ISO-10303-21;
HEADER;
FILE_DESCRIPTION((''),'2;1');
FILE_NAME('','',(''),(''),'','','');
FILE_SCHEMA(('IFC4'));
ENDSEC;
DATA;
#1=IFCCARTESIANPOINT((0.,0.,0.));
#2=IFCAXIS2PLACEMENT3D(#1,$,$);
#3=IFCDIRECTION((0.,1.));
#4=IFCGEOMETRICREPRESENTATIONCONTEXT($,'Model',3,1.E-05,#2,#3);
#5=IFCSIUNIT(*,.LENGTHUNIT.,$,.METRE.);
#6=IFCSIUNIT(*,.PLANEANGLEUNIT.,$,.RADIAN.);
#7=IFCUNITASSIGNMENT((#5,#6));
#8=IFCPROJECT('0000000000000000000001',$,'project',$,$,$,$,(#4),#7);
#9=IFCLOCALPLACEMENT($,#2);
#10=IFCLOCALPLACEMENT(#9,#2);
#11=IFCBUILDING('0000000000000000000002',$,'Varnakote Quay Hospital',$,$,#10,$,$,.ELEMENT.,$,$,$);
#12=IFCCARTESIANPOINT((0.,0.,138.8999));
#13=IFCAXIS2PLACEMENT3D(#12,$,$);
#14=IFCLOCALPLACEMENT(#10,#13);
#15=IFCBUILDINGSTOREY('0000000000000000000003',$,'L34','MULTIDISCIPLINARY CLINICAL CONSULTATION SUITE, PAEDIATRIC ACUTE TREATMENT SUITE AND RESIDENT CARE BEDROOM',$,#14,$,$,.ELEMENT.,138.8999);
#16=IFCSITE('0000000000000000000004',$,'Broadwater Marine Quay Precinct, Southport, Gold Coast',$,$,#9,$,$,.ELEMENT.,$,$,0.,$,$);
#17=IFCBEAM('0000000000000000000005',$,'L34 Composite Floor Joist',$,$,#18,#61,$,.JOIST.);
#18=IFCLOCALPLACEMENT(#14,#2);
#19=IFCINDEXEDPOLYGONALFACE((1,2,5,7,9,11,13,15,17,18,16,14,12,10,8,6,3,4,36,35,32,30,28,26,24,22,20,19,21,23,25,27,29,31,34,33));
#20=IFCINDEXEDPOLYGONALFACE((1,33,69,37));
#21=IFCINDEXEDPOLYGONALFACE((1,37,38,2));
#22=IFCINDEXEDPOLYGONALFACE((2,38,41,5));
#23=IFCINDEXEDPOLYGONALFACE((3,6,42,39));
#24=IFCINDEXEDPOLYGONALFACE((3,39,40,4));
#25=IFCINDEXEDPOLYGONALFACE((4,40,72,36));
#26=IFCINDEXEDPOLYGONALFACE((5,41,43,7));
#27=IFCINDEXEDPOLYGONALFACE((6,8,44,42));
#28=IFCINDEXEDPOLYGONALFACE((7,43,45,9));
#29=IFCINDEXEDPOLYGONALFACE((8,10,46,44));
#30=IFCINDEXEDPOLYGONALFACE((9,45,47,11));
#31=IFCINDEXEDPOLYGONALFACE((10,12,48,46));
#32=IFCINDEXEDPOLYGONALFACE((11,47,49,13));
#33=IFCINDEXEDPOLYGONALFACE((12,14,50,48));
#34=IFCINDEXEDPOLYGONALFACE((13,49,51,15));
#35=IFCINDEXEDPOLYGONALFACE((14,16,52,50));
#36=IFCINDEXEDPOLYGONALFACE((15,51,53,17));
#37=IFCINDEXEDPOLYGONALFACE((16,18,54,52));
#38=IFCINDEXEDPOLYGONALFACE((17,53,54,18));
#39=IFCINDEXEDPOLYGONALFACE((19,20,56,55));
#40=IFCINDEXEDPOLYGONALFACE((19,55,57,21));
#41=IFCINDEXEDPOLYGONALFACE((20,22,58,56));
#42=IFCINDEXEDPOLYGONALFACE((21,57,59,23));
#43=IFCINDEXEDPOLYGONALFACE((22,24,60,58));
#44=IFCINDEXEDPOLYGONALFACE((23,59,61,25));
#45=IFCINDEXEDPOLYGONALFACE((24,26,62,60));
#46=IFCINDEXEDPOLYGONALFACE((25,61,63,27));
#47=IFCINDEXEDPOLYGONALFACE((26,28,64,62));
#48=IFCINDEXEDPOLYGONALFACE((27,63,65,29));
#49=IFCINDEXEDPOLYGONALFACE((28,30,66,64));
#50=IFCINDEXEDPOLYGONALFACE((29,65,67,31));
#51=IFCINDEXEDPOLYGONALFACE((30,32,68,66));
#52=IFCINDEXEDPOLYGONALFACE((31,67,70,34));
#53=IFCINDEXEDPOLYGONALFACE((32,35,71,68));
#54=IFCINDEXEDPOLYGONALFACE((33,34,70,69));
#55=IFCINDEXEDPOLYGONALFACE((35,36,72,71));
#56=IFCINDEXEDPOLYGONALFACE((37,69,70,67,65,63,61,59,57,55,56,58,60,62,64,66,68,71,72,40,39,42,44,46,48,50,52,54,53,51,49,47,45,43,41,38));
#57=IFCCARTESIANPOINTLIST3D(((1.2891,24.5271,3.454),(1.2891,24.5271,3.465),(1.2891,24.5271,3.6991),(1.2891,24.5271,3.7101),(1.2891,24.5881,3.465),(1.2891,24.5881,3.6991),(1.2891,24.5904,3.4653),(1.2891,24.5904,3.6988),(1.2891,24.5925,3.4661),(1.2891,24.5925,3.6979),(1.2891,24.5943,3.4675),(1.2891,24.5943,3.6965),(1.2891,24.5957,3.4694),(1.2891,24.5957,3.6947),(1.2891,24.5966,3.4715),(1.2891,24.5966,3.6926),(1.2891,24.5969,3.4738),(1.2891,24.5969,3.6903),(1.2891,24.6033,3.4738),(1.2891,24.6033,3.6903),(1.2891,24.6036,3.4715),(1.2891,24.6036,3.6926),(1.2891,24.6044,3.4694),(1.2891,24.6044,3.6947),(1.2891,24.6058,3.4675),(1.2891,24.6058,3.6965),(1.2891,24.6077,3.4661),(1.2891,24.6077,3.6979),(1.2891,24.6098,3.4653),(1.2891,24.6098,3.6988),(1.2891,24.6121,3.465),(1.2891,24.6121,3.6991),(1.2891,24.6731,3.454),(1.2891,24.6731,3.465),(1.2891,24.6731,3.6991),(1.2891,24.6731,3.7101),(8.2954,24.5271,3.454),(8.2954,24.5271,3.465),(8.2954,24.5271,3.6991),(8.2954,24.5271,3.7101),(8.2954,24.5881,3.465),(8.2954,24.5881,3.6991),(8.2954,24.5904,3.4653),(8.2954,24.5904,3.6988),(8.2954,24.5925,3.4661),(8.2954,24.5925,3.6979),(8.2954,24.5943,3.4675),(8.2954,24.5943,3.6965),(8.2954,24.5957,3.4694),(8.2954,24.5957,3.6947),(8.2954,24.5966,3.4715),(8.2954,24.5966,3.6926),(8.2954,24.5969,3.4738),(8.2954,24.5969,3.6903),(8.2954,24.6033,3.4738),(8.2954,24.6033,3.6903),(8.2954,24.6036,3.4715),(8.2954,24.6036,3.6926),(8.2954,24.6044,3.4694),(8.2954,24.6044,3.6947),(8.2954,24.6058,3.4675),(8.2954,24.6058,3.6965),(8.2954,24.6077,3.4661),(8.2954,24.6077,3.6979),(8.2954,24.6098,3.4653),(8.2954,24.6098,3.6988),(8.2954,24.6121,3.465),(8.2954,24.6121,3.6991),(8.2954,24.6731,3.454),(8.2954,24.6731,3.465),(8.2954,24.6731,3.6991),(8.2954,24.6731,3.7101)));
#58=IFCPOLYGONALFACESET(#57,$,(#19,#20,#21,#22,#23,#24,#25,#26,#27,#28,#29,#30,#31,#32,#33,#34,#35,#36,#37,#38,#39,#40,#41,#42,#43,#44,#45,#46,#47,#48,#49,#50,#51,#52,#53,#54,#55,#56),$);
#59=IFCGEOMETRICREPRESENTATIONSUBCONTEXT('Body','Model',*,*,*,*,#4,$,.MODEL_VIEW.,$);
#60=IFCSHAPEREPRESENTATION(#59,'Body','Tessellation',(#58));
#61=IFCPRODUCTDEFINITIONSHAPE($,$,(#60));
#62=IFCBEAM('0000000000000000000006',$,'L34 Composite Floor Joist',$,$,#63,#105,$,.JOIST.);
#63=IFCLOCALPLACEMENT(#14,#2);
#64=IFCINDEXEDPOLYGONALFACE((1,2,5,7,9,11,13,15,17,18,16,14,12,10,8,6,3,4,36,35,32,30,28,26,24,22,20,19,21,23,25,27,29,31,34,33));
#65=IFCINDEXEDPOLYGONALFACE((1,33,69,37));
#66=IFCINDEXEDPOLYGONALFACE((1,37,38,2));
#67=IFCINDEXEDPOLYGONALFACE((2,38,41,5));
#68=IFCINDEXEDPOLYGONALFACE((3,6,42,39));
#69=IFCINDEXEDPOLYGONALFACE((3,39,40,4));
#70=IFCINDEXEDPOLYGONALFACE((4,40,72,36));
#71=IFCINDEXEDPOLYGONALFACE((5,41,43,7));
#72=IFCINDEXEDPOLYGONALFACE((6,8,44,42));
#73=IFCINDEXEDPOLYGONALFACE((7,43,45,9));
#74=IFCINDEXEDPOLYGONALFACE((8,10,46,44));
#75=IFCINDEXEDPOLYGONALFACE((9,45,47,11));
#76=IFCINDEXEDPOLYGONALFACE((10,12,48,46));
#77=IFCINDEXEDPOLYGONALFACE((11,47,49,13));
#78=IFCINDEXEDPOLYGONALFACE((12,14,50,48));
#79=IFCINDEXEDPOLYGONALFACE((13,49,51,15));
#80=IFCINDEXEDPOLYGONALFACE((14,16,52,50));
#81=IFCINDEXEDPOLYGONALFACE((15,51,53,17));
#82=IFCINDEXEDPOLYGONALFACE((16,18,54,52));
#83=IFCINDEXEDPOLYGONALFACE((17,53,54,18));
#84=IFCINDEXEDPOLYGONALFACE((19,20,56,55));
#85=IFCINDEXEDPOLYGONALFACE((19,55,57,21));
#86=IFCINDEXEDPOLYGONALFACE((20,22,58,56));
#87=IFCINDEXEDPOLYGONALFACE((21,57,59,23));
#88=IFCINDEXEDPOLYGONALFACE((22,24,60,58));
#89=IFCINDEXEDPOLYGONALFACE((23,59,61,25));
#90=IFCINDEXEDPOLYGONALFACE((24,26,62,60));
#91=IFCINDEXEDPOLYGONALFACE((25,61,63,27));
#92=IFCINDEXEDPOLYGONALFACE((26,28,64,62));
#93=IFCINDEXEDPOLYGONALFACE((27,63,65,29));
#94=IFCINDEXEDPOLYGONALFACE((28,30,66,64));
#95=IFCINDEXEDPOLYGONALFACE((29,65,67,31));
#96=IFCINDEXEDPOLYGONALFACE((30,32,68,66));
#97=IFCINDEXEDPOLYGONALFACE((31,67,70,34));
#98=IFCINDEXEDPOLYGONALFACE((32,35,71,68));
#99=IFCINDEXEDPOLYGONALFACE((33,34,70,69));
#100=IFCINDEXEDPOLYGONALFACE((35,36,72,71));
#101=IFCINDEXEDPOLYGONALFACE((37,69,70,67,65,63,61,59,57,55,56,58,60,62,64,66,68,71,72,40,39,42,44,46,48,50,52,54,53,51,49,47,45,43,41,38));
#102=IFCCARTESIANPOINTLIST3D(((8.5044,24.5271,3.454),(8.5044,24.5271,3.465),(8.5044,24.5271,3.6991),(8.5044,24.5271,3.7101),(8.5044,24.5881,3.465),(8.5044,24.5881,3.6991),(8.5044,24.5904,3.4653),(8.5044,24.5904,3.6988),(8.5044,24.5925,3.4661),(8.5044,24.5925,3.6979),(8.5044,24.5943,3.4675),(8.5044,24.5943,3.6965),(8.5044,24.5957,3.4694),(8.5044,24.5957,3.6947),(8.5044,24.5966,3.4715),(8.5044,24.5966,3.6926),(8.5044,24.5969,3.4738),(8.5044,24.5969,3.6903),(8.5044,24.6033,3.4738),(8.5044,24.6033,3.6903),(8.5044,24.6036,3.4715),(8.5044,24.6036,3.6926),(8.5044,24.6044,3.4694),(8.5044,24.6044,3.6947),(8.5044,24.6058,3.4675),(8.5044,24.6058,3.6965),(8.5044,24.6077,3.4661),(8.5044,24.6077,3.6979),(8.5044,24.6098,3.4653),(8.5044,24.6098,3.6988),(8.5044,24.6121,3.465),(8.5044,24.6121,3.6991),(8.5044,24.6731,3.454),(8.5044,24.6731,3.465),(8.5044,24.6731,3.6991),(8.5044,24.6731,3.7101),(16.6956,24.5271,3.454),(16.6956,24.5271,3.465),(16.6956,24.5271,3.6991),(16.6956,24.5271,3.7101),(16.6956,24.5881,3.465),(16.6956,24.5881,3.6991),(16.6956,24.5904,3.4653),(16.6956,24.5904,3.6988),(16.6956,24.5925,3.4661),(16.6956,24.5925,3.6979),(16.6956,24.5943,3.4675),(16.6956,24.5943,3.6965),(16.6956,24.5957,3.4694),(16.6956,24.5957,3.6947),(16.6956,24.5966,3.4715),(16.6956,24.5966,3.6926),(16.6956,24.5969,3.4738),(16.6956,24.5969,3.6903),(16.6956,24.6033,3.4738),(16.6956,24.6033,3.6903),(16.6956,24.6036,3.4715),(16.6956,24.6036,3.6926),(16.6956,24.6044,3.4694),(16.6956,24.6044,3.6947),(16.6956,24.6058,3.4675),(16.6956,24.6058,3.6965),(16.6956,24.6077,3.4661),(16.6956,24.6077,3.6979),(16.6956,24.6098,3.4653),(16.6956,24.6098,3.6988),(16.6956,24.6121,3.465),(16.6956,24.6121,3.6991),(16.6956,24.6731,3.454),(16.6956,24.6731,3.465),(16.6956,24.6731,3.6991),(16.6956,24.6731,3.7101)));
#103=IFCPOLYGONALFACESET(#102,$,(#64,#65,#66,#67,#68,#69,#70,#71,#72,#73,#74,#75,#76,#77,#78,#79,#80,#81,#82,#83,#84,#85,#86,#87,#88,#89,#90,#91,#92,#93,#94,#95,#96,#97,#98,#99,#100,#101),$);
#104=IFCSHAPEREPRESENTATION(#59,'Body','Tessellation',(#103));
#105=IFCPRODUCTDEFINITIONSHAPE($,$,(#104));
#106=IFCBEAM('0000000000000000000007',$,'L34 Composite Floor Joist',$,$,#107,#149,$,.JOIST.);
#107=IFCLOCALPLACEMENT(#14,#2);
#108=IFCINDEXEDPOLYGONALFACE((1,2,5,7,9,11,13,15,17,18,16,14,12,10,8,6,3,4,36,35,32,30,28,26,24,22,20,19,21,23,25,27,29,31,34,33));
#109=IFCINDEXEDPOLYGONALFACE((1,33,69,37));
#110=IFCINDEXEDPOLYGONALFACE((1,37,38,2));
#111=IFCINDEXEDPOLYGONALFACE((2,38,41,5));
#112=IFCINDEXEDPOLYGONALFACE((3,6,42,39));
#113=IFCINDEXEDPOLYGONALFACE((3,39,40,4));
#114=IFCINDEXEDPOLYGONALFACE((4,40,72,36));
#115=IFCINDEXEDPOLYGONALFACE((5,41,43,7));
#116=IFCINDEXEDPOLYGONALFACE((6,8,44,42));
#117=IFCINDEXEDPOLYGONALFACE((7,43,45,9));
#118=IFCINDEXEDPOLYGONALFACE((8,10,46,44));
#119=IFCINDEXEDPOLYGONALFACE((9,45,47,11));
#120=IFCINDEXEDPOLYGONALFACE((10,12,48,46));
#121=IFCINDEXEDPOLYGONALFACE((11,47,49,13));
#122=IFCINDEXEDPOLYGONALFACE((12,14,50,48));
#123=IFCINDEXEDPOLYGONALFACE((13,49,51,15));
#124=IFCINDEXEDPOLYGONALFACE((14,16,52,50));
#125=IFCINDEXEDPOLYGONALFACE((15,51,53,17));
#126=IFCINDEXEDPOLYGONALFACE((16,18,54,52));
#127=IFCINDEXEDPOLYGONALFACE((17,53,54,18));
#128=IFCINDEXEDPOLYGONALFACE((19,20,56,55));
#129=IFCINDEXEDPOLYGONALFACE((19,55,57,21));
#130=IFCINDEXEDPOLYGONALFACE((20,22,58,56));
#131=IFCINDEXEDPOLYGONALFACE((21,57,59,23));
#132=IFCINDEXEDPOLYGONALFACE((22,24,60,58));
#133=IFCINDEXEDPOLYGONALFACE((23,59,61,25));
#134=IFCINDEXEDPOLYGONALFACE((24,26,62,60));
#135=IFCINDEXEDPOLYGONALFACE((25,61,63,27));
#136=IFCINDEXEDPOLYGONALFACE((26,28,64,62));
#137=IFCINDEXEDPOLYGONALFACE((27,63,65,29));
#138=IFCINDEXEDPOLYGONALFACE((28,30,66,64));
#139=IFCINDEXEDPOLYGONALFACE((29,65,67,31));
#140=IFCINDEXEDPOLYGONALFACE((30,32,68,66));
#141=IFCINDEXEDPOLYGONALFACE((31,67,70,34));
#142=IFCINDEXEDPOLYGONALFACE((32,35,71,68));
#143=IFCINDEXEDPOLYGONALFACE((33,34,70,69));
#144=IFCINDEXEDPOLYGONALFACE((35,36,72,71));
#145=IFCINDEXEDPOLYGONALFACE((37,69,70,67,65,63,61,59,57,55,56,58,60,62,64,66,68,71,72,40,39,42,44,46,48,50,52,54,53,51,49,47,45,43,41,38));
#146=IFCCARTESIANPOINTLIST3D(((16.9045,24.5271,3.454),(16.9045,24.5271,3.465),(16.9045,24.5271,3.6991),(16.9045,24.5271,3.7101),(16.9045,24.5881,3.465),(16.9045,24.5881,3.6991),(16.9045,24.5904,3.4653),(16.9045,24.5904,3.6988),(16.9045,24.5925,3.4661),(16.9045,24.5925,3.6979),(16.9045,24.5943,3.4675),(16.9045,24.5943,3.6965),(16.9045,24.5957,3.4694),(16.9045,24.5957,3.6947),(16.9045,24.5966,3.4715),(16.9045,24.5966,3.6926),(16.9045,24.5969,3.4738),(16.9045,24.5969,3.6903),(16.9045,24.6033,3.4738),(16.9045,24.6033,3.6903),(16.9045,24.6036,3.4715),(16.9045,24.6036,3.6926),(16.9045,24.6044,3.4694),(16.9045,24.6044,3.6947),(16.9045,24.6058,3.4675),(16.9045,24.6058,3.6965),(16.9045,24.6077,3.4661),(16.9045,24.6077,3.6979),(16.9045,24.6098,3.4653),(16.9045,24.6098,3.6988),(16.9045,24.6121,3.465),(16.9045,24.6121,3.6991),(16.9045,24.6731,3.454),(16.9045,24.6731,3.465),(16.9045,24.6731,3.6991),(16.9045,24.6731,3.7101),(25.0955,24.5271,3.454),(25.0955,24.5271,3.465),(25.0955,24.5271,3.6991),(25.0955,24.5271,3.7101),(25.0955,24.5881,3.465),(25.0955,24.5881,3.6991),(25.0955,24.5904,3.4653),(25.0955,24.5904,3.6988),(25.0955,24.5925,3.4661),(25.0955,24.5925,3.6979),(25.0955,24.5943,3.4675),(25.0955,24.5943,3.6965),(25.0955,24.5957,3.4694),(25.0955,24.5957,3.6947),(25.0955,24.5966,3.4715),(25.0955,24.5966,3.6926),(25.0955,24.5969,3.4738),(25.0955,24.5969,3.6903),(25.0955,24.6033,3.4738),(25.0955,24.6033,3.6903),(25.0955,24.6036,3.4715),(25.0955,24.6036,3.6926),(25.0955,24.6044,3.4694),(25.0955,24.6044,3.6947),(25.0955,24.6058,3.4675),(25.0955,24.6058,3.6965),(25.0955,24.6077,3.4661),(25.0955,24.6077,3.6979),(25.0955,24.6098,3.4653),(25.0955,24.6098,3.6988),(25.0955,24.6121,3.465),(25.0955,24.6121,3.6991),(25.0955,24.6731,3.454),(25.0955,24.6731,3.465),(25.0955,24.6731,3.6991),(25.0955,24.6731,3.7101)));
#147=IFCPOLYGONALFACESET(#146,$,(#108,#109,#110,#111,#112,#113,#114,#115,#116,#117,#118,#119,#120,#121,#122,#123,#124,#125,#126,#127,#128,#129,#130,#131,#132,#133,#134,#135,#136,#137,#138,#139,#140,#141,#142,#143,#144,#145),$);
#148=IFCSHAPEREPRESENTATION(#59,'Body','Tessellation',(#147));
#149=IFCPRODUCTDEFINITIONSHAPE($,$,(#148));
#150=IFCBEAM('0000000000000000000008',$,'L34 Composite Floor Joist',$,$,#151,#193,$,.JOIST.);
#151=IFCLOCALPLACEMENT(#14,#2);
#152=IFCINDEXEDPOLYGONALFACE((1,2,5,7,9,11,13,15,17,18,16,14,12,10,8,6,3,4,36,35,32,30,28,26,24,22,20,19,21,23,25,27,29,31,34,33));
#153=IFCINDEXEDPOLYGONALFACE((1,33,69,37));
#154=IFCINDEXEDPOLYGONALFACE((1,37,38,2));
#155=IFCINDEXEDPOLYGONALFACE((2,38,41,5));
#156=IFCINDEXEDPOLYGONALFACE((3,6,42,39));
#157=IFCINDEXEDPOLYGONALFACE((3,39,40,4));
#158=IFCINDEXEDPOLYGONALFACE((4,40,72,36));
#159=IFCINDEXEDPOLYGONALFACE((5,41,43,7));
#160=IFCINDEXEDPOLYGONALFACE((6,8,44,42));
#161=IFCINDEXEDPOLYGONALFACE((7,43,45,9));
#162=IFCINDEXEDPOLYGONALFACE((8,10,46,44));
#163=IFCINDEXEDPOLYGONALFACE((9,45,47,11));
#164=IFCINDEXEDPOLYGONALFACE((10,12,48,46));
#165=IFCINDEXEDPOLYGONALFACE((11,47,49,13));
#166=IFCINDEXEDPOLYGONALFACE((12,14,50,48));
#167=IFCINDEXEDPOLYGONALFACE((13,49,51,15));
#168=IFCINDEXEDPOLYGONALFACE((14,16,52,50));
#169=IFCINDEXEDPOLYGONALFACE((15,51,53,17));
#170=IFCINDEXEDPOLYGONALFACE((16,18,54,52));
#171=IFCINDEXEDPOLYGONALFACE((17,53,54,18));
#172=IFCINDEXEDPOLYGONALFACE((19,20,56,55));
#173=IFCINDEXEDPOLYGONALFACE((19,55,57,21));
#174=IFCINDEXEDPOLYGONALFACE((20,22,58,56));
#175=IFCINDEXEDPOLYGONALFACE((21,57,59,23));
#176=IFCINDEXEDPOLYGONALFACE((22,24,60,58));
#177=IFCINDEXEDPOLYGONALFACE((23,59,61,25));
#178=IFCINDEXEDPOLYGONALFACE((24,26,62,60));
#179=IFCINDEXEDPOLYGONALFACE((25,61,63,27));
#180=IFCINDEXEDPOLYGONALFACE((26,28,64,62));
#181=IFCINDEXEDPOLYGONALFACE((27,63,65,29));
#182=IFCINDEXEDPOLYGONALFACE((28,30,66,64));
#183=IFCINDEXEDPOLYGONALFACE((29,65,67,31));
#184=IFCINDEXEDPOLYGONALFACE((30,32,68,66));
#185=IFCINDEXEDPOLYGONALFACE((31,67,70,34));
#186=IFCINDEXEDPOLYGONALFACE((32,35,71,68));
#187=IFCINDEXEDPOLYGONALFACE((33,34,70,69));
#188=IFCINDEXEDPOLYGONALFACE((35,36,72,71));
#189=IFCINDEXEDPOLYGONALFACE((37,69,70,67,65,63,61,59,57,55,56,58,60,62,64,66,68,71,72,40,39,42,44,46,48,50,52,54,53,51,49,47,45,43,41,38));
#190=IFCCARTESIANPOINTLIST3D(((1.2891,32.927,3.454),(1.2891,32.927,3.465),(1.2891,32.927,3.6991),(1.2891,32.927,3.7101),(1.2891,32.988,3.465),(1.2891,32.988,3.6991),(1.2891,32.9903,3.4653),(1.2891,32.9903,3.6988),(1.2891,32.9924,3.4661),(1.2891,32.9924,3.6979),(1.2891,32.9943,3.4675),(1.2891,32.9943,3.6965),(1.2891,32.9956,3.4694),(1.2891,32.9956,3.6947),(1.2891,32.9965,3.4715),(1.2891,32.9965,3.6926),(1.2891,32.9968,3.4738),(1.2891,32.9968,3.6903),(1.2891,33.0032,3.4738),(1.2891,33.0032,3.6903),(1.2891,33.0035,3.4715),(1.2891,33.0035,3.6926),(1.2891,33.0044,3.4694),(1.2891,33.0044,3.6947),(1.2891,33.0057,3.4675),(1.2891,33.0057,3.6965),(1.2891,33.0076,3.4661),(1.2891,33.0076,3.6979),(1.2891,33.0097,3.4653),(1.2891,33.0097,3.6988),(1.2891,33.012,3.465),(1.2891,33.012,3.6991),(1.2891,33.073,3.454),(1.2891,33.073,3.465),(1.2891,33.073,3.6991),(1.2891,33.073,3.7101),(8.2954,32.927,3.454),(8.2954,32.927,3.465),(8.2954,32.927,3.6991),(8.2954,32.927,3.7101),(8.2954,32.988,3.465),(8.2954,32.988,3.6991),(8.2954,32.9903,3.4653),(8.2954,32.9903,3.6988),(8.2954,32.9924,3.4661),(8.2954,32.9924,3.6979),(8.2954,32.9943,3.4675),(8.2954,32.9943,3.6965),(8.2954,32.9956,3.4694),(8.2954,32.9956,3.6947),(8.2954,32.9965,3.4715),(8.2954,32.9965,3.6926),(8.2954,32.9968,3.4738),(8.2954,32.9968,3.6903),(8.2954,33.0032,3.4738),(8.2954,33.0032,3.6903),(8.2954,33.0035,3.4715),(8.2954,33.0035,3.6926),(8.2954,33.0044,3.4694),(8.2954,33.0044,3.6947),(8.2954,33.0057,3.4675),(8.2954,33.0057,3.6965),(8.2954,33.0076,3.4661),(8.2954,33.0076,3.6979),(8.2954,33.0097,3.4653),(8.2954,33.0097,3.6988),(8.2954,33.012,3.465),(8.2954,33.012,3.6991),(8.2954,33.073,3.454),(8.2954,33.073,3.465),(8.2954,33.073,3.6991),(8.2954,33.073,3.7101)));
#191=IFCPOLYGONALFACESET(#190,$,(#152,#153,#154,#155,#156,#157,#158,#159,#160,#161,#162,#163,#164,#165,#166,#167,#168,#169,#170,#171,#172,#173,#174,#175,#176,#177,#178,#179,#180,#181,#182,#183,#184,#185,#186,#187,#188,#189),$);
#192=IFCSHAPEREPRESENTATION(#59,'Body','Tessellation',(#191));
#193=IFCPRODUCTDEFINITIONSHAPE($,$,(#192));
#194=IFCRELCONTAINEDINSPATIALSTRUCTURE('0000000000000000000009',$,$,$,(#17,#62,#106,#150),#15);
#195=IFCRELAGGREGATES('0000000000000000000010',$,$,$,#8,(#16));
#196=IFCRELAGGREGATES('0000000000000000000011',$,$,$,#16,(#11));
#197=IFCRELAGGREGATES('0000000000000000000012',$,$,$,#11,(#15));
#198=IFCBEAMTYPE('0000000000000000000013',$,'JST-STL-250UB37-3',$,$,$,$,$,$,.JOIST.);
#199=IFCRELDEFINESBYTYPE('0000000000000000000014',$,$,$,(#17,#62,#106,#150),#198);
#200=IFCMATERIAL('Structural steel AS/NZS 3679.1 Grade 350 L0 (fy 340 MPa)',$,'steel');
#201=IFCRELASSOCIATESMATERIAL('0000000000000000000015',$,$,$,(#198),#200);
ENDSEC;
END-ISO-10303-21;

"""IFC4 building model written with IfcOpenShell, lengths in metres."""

from ifc_helpers import new_model, si_unit, direction, frame, origin, origin_2d, place, context, subcontext, project, spatial, i_section, extrude, material, material_profile, profile_set, type_object, element, save


model = new_model("IFC4")

# Units and contexts
model_context = context("Model", 3, precision=1e-05, world=origin(), true_north=direction((0.0, 1.0)))
body_context = subcontext(model_context, "Body", "Model", "MODEL_VIEW")
ifc_project = project(units=[si_unit("LENGTHUNIT", "METRE"), si_unit("PLANEANGLEUNIT", "RADIAN")], contexts=[model_context])

# Site, building, storey
site_placement = place(None, origin())
site = spatial("IfcSite", under=ifc_project, at=site_placement, Name="Broadwater Marine Quay Precinct, Southport, Gold Coast", CompositionType="ELEMENT", RefElevation=0.0)
building_placement = place(site_placement, origin())
building = spatial("IfcBuilding", under=site, at=building_placement, Name="Varnakote Quay Hospital", CompositionType="ELEMENT")
storey_placement = place(building_placement, frame((0.0, 0.0, 138.8999)))
storey = spatial("IfcBuildingStorey", under=building, at=storey_placement, Name="L34", Description="MULTIDISCIPLINARY CLINICAL CONSULTATION SUITE, PAEDIATRIC ACUTE TREATMENT SUITE AND RESIDENT CARE BEDROOM", CompositionType="ELEMENT", Elevation=138.8999)

# Beams
ifc_material_1 = material(Name="Structural steel AS/NZS 3679.1 Grade 350 L0 (fy 340 MPa)", Category="steel")
ifc_material_profile_1 = material_profile(ifc_material_1, i_section(OverallWidth=0.146, OverallDepth=0.2561, WebThickness=0.0063, FlangeThickness=0.011, FilletRadius=0.0088, at=origin_2d()), Name="250UB37.3")
ifc_profile_set_1 = profile_set([ifc_material_profile_1], Name="Structural steel AS/NZS 3679.1 Grade 350 L0 (fy 340 MPa)")
beam_type_1 = type_object("IfcBeamType", Name="JST-STL-250UB37-3", PredefinedType="JOIST", material=ifc_profile_set_1)
beam_1_placement = place(storey_placement, frame((1.2891, 24.6001, 3.582), z_axis=(1.0, 0.0, 0.0), x_axis=(0.0, 1.0, 0.0)))
element("IfcBeam", 1, at=beam_1_placement, inside=storey, type_object=beam_type_1, Name="L34 Composite Floor Joist", PredefinedType="JOIST", context=body_context, shape_type="SweptSolid", body=[
    extrude(i_section(OverallWidth=0.146, OverallDepth=0.2561, WebThickness=0.0063, FlangeThickness=0.011, FilletRadius=0.0088, at=origin_2d()), origin(), (0.0, 0.0, 1.0), 7.0063),
])
beam_2_placement = place(storey_placement, frame((8.5044, 24.6001, 3.582), z_axis=(1.0, 0.0, 0.0), x_axis=(0.0, 1.0, 0.0)))
element("IfcBeam", 2, at=beam_2_placement, inside=storey, type_object=beam_type_1, Name="L34 Composite Floor Joist", PredefinedType="JOIST", context=body_context, shape_type="SweptSolid", body=[
    extrude(i_section(OverallWidth=0.146, OverallDepth=0.2561, WebThickness=0.0063, FlangeThickness=0.011, FilletRadius=0.0088, at=origin_2d()), origin(), (0.0, 0.0, 1.0), 8.1912),
])
beam_3_placement = place(storey_placement, frame((16.9045, 24.6001, 3.582), z_axis=(1.0, 0.0, 0.0), x_axis=(0.0, 1.0, 0.0)))
element("IfcBeam", 3, at=beam_3_placement, inside=storey, type_object=beam_type_1, Name="L34 Composite Floor Joist", PredefinedType="JOIST", context=body_context, shape_type="SweptSolid", body=[
    extrude(i_section(OverallWidth=0.146, OverallDepth=0.2561, WebThickness=0.0063, FlangeThickness=0.011, FilletRadius=0.0088, at=origin_2d()), origin(), (0.0, 0.0, 1.0), 8.1909),
])
beam_4_placement = place(storey_placement, frame((1.2891, 33.0, 3.582), z_axis=(1.0, 0.0, 0.0), x_axis=(0.0, 1.0, 0.0)))
element("IfcBeam", 4, at=beam_4_placement, inside=storey, type_object=beam_type_1, Name="L34 Composite Floor Joist", PredefinedType="JOIST", context=body_context, shape_type="SweptSolid", body=[
    extrude(i_section(OverallWidth=0.146, OverallDepth=0.2561, WebThickness=0.0063, FlangeThickness=0.011, FilletRadius=0.0088, at=origin_2d()), origin(), (0.0, 0.0, 1.0), 7.0063),
])

save(model, "model.ifc")
